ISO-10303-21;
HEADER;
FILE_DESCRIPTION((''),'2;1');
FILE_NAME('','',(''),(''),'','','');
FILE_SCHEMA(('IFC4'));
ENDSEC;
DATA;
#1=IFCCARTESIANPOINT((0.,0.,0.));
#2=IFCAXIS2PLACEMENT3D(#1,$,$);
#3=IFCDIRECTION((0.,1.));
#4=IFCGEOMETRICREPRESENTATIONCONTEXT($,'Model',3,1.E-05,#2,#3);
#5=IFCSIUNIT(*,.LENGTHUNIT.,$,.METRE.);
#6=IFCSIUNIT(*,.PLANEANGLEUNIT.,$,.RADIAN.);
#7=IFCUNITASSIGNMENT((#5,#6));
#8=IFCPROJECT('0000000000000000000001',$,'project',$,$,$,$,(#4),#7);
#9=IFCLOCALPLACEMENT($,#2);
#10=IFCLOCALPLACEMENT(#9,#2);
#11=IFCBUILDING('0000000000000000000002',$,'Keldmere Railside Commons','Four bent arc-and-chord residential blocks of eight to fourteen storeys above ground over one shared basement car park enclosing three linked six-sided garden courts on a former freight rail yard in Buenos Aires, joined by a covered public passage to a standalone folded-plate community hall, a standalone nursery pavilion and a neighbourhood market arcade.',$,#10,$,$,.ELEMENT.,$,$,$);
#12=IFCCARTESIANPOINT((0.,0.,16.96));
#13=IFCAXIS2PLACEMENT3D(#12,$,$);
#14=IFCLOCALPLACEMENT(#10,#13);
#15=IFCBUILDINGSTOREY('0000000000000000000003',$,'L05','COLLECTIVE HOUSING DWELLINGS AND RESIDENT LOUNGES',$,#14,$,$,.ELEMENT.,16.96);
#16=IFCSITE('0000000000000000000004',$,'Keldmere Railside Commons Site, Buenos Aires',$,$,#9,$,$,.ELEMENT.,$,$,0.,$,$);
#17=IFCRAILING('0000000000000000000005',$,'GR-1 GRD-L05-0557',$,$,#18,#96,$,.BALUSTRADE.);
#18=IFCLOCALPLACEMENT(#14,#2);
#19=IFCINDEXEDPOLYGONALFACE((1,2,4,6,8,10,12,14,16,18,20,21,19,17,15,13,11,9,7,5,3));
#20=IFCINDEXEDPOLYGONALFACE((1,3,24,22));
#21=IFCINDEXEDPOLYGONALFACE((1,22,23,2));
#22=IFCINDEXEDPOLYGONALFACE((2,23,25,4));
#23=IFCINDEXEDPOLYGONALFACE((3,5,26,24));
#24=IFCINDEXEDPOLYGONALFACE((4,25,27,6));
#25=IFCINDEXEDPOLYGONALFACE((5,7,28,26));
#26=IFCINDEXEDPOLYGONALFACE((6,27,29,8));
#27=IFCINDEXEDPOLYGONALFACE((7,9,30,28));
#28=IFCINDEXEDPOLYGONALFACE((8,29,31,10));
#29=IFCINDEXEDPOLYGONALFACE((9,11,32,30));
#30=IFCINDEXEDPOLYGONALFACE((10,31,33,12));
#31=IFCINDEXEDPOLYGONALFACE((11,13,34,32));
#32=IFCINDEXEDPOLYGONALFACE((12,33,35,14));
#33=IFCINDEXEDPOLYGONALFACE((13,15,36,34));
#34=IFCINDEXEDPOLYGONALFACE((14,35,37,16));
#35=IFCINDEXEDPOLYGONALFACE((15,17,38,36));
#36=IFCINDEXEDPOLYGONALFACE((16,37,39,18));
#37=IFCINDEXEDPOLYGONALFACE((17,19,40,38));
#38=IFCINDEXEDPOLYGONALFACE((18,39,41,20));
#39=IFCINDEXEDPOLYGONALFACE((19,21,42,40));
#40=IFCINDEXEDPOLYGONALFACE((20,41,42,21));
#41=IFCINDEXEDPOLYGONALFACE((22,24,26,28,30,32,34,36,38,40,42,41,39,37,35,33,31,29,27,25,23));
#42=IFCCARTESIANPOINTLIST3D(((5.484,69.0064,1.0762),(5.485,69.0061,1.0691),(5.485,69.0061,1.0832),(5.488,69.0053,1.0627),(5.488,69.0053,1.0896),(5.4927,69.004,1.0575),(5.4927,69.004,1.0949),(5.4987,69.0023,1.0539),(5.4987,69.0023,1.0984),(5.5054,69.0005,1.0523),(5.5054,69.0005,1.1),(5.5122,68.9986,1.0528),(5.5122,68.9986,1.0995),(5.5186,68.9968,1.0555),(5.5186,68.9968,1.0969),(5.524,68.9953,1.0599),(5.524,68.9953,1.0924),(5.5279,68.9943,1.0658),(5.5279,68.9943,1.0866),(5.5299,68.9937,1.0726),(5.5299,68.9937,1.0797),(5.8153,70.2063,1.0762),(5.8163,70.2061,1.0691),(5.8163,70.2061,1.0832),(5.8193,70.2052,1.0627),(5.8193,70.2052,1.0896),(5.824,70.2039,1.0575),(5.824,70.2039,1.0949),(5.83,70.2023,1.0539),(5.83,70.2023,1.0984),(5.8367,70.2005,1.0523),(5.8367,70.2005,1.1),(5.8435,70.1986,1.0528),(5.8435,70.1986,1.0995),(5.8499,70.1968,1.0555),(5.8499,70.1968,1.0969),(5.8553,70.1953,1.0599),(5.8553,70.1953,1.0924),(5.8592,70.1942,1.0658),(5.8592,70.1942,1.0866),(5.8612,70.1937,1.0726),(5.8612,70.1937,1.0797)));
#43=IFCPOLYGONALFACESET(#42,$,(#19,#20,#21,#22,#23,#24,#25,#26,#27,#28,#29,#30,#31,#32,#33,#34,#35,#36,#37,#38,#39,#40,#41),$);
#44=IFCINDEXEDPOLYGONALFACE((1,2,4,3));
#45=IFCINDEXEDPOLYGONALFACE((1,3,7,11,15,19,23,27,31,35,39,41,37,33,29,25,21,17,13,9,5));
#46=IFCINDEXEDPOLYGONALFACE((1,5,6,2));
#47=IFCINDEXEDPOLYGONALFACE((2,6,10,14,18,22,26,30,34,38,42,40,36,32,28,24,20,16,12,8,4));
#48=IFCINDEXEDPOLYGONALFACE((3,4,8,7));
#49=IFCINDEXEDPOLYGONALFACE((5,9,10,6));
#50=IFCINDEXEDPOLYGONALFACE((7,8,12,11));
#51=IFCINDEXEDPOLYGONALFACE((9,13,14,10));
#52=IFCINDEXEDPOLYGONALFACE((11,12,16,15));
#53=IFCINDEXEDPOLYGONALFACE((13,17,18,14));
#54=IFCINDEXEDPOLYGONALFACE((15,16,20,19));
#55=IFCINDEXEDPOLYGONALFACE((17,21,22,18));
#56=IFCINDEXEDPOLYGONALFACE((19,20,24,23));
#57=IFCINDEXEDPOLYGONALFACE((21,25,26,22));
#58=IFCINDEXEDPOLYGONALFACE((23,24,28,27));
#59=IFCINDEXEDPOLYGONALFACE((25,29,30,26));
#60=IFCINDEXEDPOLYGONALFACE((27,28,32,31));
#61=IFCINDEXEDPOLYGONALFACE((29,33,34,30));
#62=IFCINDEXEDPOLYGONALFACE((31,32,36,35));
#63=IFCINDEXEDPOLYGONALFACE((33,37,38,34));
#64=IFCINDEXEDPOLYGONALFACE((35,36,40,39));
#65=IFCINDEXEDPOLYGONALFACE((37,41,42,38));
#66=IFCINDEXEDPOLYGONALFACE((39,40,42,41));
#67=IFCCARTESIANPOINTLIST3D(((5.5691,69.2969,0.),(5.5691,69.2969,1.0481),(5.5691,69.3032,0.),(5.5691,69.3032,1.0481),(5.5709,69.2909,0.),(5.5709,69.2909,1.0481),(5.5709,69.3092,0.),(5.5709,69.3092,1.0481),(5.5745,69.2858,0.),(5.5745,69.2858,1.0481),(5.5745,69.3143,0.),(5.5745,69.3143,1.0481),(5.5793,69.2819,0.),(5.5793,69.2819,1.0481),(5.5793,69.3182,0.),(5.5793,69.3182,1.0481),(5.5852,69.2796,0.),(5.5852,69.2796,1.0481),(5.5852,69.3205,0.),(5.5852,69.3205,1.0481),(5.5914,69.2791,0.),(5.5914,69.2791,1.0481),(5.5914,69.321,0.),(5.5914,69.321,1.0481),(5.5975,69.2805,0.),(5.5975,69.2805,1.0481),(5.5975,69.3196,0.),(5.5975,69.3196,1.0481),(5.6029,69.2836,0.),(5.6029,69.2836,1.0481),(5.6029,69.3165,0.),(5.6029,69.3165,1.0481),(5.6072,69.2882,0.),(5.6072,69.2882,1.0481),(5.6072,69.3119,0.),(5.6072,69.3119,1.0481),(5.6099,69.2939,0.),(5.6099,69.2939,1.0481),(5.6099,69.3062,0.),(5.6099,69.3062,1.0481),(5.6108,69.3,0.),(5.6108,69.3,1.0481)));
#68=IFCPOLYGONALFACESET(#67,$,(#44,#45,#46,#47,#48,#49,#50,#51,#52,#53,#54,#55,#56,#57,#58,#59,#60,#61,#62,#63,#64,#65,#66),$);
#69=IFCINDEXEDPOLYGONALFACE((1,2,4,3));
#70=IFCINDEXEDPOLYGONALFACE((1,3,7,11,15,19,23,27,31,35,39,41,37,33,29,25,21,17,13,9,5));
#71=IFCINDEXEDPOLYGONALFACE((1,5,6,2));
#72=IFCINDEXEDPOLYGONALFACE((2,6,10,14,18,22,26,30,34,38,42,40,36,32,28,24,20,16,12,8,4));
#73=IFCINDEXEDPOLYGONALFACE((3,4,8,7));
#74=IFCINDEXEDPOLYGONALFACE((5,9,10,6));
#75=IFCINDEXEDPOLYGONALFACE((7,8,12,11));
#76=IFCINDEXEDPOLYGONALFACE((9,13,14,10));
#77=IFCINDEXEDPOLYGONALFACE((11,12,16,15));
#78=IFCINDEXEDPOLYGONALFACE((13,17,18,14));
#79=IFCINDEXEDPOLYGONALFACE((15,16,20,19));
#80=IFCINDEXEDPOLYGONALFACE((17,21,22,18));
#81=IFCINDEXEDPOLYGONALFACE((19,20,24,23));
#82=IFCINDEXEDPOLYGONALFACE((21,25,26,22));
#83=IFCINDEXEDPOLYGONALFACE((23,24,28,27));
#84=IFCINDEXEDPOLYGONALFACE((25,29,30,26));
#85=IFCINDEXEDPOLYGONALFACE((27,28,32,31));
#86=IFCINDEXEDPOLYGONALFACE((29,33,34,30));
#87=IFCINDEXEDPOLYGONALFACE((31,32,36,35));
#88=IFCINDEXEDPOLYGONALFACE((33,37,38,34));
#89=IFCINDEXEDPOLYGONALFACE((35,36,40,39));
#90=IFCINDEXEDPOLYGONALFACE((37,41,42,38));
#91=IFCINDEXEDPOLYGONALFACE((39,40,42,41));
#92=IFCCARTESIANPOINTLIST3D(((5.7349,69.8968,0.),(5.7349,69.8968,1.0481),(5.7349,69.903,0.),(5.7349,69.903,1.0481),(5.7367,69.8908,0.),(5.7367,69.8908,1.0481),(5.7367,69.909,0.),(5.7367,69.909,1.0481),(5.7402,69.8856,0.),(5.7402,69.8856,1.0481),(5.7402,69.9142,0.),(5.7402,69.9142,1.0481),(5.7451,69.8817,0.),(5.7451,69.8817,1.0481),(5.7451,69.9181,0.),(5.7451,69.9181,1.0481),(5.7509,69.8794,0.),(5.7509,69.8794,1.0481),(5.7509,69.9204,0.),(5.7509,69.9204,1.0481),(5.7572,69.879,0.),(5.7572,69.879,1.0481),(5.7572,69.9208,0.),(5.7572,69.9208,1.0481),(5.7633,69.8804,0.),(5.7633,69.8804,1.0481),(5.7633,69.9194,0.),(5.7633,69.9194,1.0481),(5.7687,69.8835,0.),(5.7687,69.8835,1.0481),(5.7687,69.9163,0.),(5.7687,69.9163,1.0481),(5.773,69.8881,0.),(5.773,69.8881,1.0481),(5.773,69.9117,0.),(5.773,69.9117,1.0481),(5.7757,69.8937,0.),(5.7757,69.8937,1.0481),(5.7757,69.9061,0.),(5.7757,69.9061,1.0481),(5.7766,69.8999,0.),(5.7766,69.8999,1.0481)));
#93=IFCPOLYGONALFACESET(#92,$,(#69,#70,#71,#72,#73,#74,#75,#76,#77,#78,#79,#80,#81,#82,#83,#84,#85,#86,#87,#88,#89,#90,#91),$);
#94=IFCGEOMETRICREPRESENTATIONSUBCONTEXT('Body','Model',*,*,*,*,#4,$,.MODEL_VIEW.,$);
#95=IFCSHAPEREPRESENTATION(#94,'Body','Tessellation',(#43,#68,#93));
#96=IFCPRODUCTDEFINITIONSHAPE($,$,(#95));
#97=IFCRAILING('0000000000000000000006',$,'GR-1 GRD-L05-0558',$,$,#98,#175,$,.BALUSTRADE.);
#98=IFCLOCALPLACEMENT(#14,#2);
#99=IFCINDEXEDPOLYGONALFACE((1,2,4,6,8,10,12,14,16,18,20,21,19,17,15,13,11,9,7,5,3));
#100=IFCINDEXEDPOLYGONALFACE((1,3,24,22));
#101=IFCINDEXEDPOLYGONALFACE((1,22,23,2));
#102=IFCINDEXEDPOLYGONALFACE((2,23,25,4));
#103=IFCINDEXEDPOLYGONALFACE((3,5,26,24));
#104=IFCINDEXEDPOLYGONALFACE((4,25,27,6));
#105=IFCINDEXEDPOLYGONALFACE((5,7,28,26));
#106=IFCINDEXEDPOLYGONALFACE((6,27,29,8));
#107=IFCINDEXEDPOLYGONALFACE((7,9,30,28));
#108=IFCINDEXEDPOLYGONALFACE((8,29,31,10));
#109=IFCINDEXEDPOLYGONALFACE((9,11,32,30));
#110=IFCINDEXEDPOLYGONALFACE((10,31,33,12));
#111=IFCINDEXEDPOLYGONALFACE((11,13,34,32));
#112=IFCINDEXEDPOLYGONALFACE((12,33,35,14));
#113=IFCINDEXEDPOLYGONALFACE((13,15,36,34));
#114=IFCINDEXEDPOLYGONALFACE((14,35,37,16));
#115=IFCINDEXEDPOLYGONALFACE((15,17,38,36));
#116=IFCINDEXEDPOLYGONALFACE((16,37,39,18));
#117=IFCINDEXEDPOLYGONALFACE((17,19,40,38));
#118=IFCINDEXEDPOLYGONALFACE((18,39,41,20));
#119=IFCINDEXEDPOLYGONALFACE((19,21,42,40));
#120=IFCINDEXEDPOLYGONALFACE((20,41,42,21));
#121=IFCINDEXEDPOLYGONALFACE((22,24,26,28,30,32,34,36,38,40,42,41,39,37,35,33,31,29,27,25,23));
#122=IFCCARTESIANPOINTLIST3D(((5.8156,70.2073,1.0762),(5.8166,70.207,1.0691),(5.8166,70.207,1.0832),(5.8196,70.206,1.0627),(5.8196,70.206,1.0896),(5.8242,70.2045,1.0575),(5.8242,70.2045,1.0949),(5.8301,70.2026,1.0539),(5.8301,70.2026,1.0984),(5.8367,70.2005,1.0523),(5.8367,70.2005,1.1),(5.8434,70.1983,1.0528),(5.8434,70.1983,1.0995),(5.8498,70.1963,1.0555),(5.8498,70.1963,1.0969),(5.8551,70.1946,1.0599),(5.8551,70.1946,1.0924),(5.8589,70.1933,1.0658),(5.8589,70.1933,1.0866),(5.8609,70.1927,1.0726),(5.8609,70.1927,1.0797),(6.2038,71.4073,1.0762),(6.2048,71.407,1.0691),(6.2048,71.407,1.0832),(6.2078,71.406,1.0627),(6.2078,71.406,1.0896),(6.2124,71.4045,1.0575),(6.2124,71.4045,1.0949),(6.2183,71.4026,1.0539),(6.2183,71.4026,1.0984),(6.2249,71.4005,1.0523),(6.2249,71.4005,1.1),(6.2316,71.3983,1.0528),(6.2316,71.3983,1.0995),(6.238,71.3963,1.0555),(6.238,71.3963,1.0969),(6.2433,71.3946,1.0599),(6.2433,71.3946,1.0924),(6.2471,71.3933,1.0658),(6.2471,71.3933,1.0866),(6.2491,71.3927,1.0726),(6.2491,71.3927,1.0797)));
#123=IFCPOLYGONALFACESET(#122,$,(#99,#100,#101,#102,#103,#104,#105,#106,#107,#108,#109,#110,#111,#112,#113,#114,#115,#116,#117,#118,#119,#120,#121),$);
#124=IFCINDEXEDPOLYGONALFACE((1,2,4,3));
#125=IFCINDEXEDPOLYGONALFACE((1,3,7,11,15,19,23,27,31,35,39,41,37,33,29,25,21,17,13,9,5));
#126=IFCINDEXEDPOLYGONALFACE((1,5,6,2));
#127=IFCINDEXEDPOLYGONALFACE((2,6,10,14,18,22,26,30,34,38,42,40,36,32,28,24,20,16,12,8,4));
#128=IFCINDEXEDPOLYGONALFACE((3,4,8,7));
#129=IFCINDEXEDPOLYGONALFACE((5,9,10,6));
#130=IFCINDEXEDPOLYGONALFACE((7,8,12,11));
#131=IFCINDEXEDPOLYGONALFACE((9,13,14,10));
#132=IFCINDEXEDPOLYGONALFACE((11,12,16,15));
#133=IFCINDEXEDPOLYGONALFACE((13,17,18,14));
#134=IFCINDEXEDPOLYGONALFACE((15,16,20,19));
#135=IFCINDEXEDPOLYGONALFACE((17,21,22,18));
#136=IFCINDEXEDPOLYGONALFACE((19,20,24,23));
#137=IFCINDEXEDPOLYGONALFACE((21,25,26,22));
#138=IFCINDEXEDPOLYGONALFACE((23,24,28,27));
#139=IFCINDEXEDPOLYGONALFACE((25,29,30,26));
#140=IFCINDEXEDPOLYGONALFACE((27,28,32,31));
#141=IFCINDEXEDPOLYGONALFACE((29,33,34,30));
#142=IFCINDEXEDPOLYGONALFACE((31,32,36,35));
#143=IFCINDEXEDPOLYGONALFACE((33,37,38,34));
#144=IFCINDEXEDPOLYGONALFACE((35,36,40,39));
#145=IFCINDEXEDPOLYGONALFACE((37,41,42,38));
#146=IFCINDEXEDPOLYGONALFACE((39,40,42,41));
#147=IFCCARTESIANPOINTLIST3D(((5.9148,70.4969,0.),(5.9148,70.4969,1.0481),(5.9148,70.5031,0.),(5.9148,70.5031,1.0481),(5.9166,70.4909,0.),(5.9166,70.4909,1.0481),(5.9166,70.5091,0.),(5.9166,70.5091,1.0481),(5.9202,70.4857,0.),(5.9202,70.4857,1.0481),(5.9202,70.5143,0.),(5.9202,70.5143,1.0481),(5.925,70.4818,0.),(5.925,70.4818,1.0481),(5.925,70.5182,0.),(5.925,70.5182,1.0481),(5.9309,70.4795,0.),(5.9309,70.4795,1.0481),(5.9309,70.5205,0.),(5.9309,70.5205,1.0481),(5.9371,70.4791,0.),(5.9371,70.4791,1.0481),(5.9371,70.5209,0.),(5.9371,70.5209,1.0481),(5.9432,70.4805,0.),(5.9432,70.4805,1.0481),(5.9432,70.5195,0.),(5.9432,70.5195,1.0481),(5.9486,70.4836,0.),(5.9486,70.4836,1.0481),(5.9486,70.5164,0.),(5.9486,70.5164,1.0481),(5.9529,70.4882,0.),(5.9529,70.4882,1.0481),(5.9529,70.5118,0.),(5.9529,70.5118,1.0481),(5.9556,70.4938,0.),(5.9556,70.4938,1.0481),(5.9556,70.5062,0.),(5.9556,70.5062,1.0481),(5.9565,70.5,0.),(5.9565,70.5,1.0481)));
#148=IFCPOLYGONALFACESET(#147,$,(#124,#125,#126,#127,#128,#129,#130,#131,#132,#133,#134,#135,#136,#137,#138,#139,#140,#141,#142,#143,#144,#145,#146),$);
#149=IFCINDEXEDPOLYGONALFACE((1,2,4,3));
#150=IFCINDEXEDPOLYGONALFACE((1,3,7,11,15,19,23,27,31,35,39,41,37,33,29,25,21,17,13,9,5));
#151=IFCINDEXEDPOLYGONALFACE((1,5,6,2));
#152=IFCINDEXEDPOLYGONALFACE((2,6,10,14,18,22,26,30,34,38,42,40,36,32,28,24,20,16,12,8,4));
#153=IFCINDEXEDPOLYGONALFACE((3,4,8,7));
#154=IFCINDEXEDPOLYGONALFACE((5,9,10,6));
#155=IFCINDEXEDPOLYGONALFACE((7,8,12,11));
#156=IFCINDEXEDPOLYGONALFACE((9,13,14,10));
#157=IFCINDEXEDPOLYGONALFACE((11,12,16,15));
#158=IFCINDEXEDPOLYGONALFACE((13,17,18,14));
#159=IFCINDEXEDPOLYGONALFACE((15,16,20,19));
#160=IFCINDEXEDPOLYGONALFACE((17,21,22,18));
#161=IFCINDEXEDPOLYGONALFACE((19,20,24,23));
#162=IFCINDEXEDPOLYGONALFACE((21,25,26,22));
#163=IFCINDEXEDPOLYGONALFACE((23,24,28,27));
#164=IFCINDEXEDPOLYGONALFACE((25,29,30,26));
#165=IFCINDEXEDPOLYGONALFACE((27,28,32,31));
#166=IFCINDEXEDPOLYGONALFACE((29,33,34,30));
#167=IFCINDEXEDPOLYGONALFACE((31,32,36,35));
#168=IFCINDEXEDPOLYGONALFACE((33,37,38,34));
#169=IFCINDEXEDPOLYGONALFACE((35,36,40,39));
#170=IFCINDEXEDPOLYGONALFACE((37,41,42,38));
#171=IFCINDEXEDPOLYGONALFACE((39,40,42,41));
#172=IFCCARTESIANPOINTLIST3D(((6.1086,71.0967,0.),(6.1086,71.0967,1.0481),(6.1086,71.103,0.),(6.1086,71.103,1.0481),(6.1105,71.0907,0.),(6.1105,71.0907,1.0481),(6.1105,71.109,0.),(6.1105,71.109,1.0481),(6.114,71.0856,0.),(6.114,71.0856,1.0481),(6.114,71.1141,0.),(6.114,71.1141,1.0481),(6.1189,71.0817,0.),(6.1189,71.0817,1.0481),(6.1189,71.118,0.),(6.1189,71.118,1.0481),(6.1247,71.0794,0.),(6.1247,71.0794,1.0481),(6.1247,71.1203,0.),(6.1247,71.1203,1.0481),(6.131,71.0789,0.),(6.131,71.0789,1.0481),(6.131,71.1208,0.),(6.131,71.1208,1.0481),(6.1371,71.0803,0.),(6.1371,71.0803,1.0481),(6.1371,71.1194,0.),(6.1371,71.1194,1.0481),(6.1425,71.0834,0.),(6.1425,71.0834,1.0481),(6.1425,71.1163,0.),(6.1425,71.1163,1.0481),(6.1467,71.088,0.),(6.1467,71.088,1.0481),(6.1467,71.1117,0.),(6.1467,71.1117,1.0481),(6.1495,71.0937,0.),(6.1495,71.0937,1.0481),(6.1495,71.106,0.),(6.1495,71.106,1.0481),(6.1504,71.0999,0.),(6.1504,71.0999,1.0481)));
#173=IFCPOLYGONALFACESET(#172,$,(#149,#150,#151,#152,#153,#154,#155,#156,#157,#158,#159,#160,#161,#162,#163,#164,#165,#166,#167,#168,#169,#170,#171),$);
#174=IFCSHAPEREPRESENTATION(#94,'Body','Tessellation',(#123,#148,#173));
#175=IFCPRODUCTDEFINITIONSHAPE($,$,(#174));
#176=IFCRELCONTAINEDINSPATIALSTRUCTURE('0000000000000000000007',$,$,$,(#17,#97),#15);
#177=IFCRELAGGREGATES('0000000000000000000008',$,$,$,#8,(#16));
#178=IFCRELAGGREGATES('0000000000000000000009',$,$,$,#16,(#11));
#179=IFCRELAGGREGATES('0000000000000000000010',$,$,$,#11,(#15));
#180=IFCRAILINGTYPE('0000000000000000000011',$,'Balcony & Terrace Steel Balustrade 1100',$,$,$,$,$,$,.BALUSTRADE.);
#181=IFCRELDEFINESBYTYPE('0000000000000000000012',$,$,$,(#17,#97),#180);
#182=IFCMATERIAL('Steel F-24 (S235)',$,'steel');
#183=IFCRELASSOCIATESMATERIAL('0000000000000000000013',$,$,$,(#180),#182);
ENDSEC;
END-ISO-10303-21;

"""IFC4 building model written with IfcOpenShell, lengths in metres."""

from ifc_helpers import new_model, si_unit, direction, frame, origin, origin_2d, place, context, subcontext, project, spatial, circle, extrude, material, type_object, element, save


model = new_model("IFC4")

# Units and contexts
model_context = context("Model", 3, precision=1e-05, world=origin(), true_north=direction((0.0, 1.0)))
body_context = subcontext(model_context, "Body", "Model", "MODEL_VIEW")
ifc_project = project(units=[si_unit("LENGTHUNIT", "METRE"), si_unit("PLANEANGLEUNIT", "RADIAN")], contexts=[model_context])

# Site, building, storey
site_placement = place(None, origin())
site = spatial("IfcSite", under=ifc_project, at=site_placement, Name="Keldmere Railside Commons Site, Buenos Aires", CompositionType="ELEMENT", RefElevation=0.0)
building_placement = place(site_placement, origin())
building = spatial("IfcBuilding", under=site, at=building_placement, Name="Keldmere Railside Commons", Description="Four bent arc-and-chord residential blocks of eight to fourteen storeys above ground over one shared basement car park enclosing three linked six-sided garden courts on a former freight rail yard in Buenos Aires, joined by a covered public passage to a standalone folded-plate community hall, a standalone nursery pavilion and a neighbourhood market arcade.", CompositionType="ELEMENT")
storey_placement = place(building_placement, frame((0.0, 0.0, 16.96)))
storey = spatial("IfcBuildingStorey", under=building, at=storey_placement, Name="L05", Description="COLLECTIVE HOUSING DWELLINGS AND RESIDENT LOUNGES", CompositionType="ELEMENT", Elevation=16.96)

# Railings
ifc_material_1 = material(Name="Steel F-24 (S235)", Category="steel")
railing_type_1 = type_object("IfcRailingType", Name="Balcony & Terrace Steel Balustrade 1100", PredefinedType="BALUSTRADE", material=ifc_material_1)
railing_1_placement = place(storey_placement, frame((5.5071, 69.0, 0.0)))
element("IfcRailing", 1, at=railing_1_placement, inside=storey, type_object=railing_type_1, Name="GR-1 GRD-L05-0557", PredefinedType="BALUSTRADE", context=body_context, shape_type="SweptSolid", body=[
    extrude(circle(Radius=0.0239, at=origin_2d()), frame((0.0, 0.0, 1.0762), z_axis=(0.266136, 0.963935, 0.0), x_axis=(-0.963935, 0.266136, 0.0)), (0.0, 0.0, 1.0), 1.2449),
    extrude(circle(Radius=0.021, at=origin_2d()), frame((0.0828, 0.3, 0.0)), (0.0, 0.0, 1.0), 1.0481),
    extrude(circle(Radius=0.021, at=origin_2d()), frame((0.2485, 0.8999, 0.0)), (0.0, 0.0, 1.0), 1.0481),
])
railing_2_placement = place(storey_placement, frame((5.8384, 70.2, 0.0)))
element("IfcRailing", 2, at=railing_2_placement, inside=storey, type_object=railing_type_1, Name="GR-1 GRD-L05-0558", PredefinedType="BALUSTRADE", context=body_context, shape_type="SweptSolid", body=[
    extrude(circle(Radius=0.0239, at=origin_2d()), frame((0.0, 0.0, 1.0762), z_axis=(0.307795, 0.951453, 0.0), x_axis=(-0.951453, 0.307795, 0.0)), (0.0, 0.0, 1.0), 1.2612),
    extrude(circle(Radius=0.021, at=origin_2d()), frame((0.0972, 0.3, 0.0)), (0.0, 0.0, 1.0), 1.0481),
    extrude(circle(Radius=0.021, at=origin_2d()), frame((0.291, 0.8999, 0.0)), (0.0, 0.0, 1.0), 1.0481),
])

save(model, "model.ifc")
